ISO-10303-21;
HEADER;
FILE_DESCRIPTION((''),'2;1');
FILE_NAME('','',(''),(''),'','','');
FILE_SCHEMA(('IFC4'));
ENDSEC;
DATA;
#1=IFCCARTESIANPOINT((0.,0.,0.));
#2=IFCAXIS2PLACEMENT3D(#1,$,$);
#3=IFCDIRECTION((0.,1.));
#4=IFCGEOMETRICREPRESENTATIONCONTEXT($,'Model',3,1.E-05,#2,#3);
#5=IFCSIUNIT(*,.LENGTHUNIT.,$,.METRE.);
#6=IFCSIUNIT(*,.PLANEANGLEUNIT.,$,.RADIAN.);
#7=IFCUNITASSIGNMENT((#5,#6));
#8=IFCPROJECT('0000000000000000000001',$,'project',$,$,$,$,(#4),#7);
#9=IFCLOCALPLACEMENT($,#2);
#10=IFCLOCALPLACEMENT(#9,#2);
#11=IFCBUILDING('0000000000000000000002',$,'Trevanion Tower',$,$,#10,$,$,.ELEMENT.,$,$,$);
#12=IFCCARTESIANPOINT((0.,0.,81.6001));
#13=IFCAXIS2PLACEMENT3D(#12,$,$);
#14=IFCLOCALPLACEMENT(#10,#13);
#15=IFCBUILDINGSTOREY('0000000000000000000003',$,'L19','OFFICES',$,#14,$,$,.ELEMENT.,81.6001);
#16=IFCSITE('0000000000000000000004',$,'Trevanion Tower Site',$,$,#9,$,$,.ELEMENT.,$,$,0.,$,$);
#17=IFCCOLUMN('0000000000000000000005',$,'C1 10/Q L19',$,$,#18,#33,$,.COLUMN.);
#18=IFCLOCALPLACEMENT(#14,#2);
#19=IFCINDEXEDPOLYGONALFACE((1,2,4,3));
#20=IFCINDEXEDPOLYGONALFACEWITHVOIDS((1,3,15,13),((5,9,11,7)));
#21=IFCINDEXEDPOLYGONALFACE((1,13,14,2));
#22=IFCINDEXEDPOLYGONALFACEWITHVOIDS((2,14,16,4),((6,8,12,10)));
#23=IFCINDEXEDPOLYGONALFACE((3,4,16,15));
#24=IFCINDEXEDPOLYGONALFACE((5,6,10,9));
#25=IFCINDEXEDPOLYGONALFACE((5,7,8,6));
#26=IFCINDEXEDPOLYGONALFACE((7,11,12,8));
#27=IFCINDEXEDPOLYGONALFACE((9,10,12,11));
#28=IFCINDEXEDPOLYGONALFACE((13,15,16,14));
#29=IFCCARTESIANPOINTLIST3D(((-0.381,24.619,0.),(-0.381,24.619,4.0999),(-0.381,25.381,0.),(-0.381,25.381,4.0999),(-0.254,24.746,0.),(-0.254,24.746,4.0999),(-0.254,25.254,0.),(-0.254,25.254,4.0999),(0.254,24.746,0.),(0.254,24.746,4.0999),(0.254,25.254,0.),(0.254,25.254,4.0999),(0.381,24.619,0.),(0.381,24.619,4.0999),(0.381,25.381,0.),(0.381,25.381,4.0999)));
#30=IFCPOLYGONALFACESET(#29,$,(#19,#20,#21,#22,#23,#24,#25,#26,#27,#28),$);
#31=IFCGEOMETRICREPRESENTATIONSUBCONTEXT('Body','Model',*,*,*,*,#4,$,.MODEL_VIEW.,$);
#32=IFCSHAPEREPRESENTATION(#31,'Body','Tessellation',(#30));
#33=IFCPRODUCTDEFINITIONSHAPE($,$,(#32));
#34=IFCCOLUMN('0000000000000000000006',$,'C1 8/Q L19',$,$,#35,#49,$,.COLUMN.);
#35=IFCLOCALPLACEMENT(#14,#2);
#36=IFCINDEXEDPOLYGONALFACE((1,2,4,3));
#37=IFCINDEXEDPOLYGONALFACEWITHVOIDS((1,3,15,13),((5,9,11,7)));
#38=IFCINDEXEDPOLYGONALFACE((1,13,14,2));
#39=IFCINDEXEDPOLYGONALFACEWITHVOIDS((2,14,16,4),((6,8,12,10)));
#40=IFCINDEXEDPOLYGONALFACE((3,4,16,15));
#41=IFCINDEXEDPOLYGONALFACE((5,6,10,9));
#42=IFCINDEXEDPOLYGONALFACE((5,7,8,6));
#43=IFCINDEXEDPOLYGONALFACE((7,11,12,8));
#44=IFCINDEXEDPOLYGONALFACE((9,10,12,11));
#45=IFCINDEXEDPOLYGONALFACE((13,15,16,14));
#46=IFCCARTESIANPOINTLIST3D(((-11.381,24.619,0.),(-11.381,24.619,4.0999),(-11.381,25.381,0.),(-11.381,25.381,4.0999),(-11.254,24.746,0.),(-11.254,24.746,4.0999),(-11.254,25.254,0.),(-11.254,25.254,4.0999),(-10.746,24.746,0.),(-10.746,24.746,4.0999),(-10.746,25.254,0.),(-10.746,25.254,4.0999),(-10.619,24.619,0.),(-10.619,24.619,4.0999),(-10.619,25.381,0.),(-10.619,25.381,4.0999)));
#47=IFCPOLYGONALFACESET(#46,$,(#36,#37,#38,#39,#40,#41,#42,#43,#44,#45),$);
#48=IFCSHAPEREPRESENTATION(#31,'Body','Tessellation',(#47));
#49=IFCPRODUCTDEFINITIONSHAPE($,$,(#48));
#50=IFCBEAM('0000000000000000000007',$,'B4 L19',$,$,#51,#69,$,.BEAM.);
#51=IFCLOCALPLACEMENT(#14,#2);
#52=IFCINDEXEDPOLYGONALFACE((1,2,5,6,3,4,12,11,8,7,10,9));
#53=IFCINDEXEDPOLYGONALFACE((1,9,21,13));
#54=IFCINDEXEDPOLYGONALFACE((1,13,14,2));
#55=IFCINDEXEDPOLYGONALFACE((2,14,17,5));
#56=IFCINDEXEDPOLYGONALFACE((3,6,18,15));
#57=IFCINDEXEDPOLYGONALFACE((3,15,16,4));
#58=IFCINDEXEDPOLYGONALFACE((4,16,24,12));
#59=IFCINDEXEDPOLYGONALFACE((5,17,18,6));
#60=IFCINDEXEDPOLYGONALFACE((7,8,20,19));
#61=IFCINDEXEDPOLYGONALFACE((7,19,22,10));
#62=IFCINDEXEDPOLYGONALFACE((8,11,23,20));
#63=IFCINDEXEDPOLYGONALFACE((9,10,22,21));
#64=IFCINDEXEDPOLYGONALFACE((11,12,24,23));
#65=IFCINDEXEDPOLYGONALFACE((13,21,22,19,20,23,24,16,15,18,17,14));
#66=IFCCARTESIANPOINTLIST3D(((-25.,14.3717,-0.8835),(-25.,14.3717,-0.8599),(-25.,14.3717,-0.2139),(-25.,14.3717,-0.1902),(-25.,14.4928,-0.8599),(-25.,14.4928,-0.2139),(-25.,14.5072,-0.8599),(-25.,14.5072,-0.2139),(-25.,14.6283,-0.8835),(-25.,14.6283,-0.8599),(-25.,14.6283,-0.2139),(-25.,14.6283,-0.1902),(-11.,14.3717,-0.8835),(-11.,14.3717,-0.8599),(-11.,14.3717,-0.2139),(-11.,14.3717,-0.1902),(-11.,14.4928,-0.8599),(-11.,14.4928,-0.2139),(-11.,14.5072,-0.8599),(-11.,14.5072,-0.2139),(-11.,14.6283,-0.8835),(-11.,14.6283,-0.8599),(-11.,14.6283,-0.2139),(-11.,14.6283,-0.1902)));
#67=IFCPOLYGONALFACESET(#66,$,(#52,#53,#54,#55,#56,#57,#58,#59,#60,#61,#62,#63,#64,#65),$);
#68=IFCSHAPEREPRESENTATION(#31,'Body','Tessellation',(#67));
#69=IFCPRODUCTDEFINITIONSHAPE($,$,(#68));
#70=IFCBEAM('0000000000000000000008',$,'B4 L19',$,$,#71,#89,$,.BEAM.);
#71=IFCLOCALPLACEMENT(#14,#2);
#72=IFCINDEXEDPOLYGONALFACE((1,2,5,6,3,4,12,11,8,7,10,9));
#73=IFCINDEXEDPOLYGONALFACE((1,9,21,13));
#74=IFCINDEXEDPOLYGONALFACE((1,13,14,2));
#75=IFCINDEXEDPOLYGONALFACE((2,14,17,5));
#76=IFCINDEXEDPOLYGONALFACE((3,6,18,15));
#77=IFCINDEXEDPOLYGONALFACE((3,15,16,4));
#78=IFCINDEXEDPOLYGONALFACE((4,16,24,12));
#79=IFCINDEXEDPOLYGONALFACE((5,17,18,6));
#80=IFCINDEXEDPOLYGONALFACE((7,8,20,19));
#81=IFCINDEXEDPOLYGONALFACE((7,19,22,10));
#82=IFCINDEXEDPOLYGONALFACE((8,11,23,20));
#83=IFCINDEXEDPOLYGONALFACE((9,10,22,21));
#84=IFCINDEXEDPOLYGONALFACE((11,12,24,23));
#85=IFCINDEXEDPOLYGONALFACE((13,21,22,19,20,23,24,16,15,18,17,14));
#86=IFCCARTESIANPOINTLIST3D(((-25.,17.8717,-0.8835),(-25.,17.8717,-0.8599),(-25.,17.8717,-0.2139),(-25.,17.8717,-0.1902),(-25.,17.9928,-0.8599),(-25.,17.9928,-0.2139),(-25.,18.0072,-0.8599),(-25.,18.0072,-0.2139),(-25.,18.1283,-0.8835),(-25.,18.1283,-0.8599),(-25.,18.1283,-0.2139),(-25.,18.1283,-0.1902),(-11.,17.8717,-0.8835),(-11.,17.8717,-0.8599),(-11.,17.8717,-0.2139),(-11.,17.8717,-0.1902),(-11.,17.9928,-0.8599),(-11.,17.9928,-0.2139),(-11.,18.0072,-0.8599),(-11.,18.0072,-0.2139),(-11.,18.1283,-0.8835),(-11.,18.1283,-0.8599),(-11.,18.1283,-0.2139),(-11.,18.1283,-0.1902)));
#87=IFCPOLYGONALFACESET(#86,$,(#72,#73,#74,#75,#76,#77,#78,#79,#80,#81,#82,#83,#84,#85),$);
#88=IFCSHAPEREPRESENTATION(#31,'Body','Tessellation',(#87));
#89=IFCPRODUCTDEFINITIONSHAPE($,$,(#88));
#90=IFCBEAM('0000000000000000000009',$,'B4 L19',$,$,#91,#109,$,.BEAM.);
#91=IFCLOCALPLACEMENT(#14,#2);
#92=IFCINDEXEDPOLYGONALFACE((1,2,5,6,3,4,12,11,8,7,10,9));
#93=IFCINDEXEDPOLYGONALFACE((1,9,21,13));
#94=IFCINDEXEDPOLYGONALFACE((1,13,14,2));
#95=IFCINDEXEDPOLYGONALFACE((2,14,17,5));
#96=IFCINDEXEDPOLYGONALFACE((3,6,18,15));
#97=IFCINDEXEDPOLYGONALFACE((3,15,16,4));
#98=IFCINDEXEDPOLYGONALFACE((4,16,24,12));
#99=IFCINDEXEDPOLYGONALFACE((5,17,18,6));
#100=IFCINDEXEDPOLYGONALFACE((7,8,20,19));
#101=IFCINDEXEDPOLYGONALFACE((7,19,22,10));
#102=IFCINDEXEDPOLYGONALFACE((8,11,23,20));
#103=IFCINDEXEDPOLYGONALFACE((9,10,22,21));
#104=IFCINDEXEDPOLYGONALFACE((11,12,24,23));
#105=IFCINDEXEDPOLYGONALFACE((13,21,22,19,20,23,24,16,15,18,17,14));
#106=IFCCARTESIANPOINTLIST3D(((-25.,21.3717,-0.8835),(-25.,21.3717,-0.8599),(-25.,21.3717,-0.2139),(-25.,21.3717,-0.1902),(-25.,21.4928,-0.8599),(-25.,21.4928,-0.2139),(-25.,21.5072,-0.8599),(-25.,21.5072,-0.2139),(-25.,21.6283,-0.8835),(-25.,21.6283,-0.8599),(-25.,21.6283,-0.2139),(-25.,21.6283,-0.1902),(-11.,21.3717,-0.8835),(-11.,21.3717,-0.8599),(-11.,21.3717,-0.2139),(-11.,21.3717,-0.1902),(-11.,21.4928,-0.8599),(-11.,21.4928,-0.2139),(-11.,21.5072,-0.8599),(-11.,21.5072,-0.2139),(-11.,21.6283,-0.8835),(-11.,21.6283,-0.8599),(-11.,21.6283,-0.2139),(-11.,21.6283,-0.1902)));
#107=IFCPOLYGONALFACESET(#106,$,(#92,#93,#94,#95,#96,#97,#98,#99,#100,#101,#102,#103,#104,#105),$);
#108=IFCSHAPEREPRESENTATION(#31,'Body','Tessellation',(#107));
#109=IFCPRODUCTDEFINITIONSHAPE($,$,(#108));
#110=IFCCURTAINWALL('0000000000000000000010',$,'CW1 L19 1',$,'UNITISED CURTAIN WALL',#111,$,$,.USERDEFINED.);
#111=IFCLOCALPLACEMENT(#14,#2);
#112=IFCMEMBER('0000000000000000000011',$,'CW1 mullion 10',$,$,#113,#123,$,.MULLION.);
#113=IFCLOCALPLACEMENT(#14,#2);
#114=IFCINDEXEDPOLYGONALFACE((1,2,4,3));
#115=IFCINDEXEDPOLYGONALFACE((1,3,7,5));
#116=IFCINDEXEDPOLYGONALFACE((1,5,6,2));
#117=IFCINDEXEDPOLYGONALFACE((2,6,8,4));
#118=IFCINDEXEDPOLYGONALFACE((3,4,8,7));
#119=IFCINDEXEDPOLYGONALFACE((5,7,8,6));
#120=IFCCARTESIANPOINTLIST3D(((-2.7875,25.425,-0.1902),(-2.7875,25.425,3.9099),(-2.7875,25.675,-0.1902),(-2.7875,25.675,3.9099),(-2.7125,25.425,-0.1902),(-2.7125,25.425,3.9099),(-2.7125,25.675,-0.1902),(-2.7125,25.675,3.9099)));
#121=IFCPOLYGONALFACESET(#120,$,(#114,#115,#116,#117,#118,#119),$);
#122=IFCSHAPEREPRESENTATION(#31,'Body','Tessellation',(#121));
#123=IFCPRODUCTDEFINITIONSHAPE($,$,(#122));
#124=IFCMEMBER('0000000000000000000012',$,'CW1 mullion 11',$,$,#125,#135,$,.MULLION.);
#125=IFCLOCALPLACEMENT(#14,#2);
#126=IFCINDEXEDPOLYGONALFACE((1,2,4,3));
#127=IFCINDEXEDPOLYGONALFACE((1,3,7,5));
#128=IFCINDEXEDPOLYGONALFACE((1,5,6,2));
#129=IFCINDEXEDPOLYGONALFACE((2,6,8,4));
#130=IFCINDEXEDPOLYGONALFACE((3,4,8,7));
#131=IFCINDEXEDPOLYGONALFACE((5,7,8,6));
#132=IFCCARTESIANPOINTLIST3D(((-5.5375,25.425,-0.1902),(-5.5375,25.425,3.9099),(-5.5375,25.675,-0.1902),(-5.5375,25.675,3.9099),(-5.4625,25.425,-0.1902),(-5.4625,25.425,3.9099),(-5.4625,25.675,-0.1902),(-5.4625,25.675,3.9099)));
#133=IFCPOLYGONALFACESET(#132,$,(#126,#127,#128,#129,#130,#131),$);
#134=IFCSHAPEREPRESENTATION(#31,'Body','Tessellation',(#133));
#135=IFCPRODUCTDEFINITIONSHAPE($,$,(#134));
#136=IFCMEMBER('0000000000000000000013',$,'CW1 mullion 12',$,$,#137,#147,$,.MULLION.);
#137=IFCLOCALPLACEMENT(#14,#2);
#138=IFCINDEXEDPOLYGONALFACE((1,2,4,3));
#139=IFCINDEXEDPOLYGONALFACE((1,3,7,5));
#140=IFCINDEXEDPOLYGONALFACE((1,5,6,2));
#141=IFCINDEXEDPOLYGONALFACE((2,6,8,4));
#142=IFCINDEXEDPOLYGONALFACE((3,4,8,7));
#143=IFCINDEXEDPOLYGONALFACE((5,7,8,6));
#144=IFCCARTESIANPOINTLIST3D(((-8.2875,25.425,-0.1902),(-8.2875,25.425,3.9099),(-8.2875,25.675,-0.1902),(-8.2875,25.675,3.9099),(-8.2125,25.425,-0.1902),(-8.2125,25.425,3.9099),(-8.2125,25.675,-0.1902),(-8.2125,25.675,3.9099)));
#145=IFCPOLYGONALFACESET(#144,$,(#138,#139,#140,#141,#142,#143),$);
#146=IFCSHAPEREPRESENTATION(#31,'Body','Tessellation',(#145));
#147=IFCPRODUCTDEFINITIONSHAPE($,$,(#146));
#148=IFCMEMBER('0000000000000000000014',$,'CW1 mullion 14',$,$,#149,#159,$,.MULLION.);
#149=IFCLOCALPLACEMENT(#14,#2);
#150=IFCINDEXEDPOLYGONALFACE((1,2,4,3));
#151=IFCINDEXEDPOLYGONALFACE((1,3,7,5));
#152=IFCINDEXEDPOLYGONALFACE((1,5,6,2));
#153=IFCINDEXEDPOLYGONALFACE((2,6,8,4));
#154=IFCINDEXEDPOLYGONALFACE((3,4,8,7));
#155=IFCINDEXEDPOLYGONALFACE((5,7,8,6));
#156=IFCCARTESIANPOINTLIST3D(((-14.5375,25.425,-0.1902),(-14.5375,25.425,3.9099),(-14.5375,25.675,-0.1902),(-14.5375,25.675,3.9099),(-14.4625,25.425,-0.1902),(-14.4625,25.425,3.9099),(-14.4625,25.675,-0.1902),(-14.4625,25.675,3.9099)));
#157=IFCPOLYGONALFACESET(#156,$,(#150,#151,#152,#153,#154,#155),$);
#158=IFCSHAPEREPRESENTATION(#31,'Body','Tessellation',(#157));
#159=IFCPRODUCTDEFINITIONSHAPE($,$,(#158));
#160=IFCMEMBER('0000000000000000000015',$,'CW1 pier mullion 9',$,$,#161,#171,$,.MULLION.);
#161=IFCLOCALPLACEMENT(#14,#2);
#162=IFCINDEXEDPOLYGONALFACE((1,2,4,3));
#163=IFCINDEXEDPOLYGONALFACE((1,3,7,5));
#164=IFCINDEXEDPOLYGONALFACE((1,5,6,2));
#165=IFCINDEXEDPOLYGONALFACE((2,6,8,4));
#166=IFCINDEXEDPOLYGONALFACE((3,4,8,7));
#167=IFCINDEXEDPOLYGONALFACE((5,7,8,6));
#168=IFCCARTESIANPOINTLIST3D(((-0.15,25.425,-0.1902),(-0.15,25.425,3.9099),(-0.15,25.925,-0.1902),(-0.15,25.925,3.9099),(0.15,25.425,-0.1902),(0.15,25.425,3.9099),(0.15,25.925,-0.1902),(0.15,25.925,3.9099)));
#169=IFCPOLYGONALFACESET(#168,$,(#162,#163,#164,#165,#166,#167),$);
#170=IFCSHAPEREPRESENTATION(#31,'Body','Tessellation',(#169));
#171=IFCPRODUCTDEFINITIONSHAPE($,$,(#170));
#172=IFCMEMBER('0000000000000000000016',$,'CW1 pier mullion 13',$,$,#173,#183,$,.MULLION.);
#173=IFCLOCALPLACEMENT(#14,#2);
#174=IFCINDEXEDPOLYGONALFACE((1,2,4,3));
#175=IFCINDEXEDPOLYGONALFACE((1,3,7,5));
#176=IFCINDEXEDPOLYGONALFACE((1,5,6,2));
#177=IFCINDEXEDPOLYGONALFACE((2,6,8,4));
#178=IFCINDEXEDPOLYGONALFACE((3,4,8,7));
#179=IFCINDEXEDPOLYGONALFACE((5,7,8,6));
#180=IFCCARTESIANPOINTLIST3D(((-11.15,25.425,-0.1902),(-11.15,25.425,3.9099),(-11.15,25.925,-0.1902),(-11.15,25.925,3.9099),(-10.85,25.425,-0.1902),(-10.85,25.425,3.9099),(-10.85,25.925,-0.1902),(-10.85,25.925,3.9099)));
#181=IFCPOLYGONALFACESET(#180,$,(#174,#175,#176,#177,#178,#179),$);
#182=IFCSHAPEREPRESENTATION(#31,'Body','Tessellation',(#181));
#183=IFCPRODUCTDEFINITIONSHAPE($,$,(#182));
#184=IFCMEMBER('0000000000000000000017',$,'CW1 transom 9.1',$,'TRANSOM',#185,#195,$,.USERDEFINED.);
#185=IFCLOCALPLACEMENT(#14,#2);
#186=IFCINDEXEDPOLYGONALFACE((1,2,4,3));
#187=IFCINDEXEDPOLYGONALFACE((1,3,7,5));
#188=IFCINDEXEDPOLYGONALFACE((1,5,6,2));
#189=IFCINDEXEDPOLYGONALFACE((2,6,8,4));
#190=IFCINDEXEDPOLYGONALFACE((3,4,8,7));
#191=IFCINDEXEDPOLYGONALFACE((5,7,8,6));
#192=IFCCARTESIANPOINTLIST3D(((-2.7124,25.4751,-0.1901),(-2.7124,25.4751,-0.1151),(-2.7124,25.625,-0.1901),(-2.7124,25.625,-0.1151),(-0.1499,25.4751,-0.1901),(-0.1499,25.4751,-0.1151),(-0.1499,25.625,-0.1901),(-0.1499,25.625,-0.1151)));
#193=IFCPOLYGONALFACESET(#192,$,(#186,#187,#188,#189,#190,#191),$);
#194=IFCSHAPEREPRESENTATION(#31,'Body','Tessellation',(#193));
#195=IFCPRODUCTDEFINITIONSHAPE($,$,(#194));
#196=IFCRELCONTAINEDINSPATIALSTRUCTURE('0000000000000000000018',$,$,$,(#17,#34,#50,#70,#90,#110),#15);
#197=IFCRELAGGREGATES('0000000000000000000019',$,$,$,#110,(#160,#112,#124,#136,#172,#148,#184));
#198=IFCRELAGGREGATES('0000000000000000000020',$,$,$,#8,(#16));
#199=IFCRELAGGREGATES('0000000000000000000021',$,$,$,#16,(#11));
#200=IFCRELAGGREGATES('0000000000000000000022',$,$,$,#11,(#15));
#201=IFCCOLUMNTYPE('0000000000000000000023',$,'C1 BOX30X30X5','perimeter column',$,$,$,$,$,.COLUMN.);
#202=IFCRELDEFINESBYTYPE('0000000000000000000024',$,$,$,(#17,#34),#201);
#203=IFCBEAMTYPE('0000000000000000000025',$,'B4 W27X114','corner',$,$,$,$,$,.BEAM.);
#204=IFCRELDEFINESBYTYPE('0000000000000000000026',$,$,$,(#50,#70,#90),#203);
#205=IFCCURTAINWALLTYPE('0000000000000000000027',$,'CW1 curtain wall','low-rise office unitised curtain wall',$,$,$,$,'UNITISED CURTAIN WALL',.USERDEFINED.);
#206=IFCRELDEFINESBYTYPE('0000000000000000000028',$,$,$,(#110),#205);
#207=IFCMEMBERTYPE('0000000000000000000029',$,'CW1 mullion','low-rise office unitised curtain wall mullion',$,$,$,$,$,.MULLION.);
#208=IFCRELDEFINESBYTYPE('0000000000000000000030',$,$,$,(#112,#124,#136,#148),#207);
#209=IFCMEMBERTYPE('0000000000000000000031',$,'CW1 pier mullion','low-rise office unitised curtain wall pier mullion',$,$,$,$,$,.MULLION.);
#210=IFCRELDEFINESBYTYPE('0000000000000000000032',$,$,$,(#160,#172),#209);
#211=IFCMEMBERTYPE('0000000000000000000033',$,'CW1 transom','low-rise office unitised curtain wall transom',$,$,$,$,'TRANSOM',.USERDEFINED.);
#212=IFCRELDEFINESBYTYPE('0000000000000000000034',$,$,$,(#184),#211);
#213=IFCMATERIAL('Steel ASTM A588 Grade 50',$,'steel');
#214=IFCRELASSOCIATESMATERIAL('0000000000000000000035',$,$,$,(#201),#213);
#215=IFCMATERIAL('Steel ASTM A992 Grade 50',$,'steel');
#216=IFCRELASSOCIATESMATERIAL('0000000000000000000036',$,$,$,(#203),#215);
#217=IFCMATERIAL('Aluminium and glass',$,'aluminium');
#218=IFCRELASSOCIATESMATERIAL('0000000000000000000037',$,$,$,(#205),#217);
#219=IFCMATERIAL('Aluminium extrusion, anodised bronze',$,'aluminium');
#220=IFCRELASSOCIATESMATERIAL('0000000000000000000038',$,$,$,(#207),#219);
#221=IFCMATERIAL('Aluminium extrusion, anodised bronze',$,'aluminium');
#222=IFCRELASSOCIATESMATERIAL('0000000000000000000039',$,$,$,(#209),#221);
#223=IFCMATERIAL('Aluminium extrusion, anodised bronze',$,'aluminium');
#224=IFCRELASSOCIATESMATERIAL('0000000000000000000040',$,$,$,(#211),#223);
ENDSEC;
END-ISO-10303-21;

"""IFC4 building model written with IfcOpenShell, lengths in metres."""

from ifc_helpers import new_model, si_unit, direction, frame, origin, origin_2d, place, context, subcontext, project, spatial, rectangle, hollow_rectangle, i_section, extrude, material, material_profile, profile_set, type_object, element, aggregate, save


model = new_model("IFC4")

# Units and contexts
model_context = context("Model", 3, precision=1e-05, world=origin(), true_north=direction((0.0, 1.0)))
body_context = subcontext(model_context, "Body", "Model", "MODEL_VIEW")
ifc_project = project(units=[si_unit("LENGTHUNIT", "METRE"), si_unit("PLANEANGLEUNIT", "RADIAN")], contexts=[model_context])

# Site, building, storey
site_placement = place(None, origin())
site = spatial("IfcSite", under=ifc_project, at=site_placement, Name="Trevanion Tower Site", CompositionType="ELEMENT", RefElevation=0.0)
building_placement = place(site_placement, origin())
building = spatial("IfcBuilding", under=site, at=building_placement, Name="Trevanion Tower", CompositionType="ELEMENT")
storey_placement = place(building_placement, frame((0.0, 0.0, 81.6001)))
storey = spatial("IfcBuildingStorey", under=building, at=storey_placement, Name="L19", Description="OFFICES", CompositionType="ELEMENT", Elevation=81.6001)

# Columns
ifc_material_1 = material(Name="Steel ASTM A588 Grade 50", Category="steel")
ifc_material_profile_1 = material_profile(ifc_material_1, hollow_rectangle(XDim=0.762, YDim=0.762, WallThickness=0.127, at=origin_2d()), Name="BOX30X30X5")
ifc_profile_set_1 = profile_set([ifc_material_profile_1], Name="Steel ASTM A588 Grade 50")
column_type = type_object("IfcColumnType", Name="C1 BOX30X30X5", Description="perimeter column", PredefinedType="COLUMN", material=ifc_profile_set_1)
for number, where, z_axis, x_axis, name in (
    (1, (0.0, 25.0, 0.0), (0.0, 0.0, 1.0), (1.0, 0.0, 0.0), "C1 10/Q L19"),
    (2, (-11.0, 25.0, 0.0), (0.0, 0.0, 1.0), (1.0, 0.0, 0.0), "C1 8/Q L19"),
):
    element("IfcColumn", number, at=place(storey_placement, frame(where, z_axis=z_axis, x_axis=x_axis)), inside=storey, type_object=column_type, Name=name, PredefinedType="COLUMN", context=body_context, shape_type="SweptSolid", body=[
        extrude(hollow_rectangle(XDim=0.762, YDim=0.762, WallThickness=0.127, at=origin_2d()), origin(), (0.0, 0.0, 1.0), 4.0999),
    ])

# Beams
ifc_material_2 = material(Name="Steel ASTM A992 Grade 50", Category="steel")
ifc_material_profile_2 = material_profile(ifc_material_2, i_section(OverallWidth=0.2566, OverallDepth=0.6934, WebThickness=0.0144, FlangeThickness=0.0237, at=origin_2d()), Name="W27X114")
ifc_profile_set_2 = profile_set([ifc_material_profile_2], Name="Steel ASTM A992 Grade 50")
beam_type_1 = type_object("IfcBeamType", Name="B4 W27X114", Description="corner", PredefinedType="BEAM", material=ifc_profile_set_2)
for number, where, z_axis, x_axis, name in (
    (3, (-11.0, 14.5, -0.5369), (-1.0, 0.0, 0.0), (0.0, -1.0, 0.0), "B4 L19"),
    (4, (-11.0, 18.0, -0.5369), (-1.0, 0.0, 0.0), (0.0, -1.0, 0.0), "B4 L19"),
    (5, (-11.0, 21.5, -0.5369), (-1.0, 0.0, 0.0), (0.0, -1.0, 0.0), "B4 L19"),
):
    element("IfcBeam", number, at=place(storey_placement, frame(where, z_axis=z_axis, x_axis=x_axis)), inside=storey, type_object=beam_type_1, Name=name, PredefinedType="BEAM", context=body_context, shape_type="SweptSolid", body=[
        extrude(i_section(OverallWidth=0.2566, OverallDepth=0.6934, WebThickness=0.0144, FlangeThickness=0.0237, at=origin_2d()), origin(), (0.0, 0.0, 1.0), 14.0),
    ])

# Curtain wall, members
ifc_material_3 = material(Name="Aluminium and glass", Category="aluminium")
curtain_wall_type = type_object("IfcCurtainWallType", Name="CW1 curtain wall", Description="low-rise office unitised curtain wall", ElementType="UNITISED CURTAIN WALL", PredefinedType="USERDEFINED", material=ifc_material_3)
curtain_wall_placement = place(storey_placement, origin())
curtain_wall = element("IfcCurtainWall", 6, at=curtain_wall_placement, inside=storey, type_object=curtain_wall_type, Name="CW1 L19 1", ObjectType="UNITISED CURTAIN WALL", PredefinedType="USERDEFINED")
ifc_material_4 = material(Name="Aluminium extrusion, anodised bronze", Category="aluminium")
ifc_material_profile_3 = material_profile(ifc_material_4, rectangle(XDim=0.075, YDim=0.25, at=origin_2d()), Name="CW1 mullion")
ifc_profile_set_3 = profile_set([ifc_material_profile_3], Name="Aluminium extrusion, anodised bronze")
member_type_1 = type_object("IfcMemberType", Name="CW1 mullion", Description="low-rise office unitised curtain wall mullion", PredefinedType="MULLION", material=ifc_profile_set_3)
member_1_placement = place(storey_placement, frame((-2.75, 25.55, -0.1902), z_axis=(0.0, 0.0, 1.0), x_axis=(-1.0, 0.0, 0.0)))
member_1 = element("IfcMember", 7, at=member_1_placement, type_object=member_type_1, Name="CW1 mullion 10", PredefinedType="MULLION", context=body_context, shape_type="SweptSolid", body=[
    extrude(rectangle(XDim=0.075, YDim=0.25, at=origin_2d()), origin(), (0.0, 0.0, 1.0), 4.1001),
])
member_2_placement = place(storey_placement, frame((-5.5, 25.55, -0.1902), z_axis=(0.0, 0.0, 1.0), x_axis=(-1.0, 0.0, 0.0)))
member_2 = element("IfcMember", 8, at=member_2_placement, type_object=member_type_1, Name="CW1 mullion 11", PredefinedType="MULLION", context=body_context, shape_type="SweptSolid", body=[
    extrude(rectangle(XDim=0.075, YDim=0.25, at=origin_2d()), origin(), (0.0, 0.0, 1.0), 4.1001),
])
member_3_placement = place(storey_placement, frame((-8.25, 25.55, -0.1902), z_axis=(0.0, 0.0, 1.0), x_axis=(-1.0, 0.0, 0.0)))
member_3 = element("IfcMember", 9, at=member_3_placement, type_object=member_type_1, Name="CW1 mullion 12", PredefinedType="MULLION", context=body_context, shape_type="SweptSolid", body=[
    extrude(rectangle(XDim=0.075, YDim=0.25, at=origin_2d()), origin(), (0.0, 0.0, 1.0), 4.1001),
])
member_4_placement = place(storey_placement, frame((-14.5, 25.55, -0.1902), z_axis=(0.0, 0.0, 1.0), x_axis=(-1.0, 0.0, 0.0)))
member_4 = element("IfcMember", 10, at=member_4_placement, type_object=member_type_1, Name="CW1 mullion 14", PredefinedType="MULLION", context=body_context, shape_type="SweptSolid", body=[
    extrude(rectangle(XDim=0.075, YDim=0.25, at=origin_2d()), origin(), (0.0, 0.0, 1.0), 4.1001),
])
ifc_material_5 = material(Name="Aluminium extrusion, anodised bronze", Category="aluminium")
ifc_material_profile_4 = material_profile(ifc_material_5, rectangle(XDim=0.3, YDim=0.5, at=origin_2d()), Name="CW1 pier mullion")
ifc_profile_set_4 = profile_set([ifc_material_profile_4], Name="Aluminium extrusion, anodised bronze")
member_type_2 = type_object("IfcMemberType", Name="CW1 pier mullion", Description="low-rise office unitised curtain wall pier mullion", PredefinedType="MULLION", material=ifc_profile_set_4)
member_5_placement = place(storey_placement, frame((0.0, 25.675, -0.1902), z_axis=(0.0, 0.0, 1.0), x_axis=(-1.0, 0.0, 0.0)))
member_5 = element("IfcMember", 11, at=member_5_placement, type_object=member_type_2, Name="CW1 pier mullion 9", PredefinedType="MULLION", context=body_context, shape_type="SweptSolid", body=[
    extrude(rectangle(XDim=0.3, YDim=0.5, at=origin_2d()), origin(), (0.0, 0.0, 1.0), 4.1001),
])
member_6_placement = place(storey_placement, frame((-11.0, 25.675, -0.1902), z_axis=(0.0, 0.0, 1.0), x_axis=(-1.0, 0.0, 0.0)))
member_6 = element("IfcMember", 12, at=member_6_placement, type_object=member_type_2, Name="CW1 pier mullion 13", PredefinedType="MULLION", context=body_context, shape_type="SweptSolid", body=[
    extrude(rectangle(XDim=0.3, YDim=0.5, at=origin_2d()), origin(), (0.0, 0.0, 1.0), 4.1001),
])
ifc_material_6 = material(Name="Aluminium extrusion, anodised bronze", Category="aluminium")
ifc_material_profile_5 = material_profile(ifc_material_6, rectangle(XDim=0.1499, YDim=0.075, at=origin_2d()), Name="CW1 transom")
ifc_profile_set_5 = profile_set([ifc_material_profile_5], Name="Aluminium extrusion, anodised bronze")
member_type_3 = type_object("IfcMemberType", Name="CW1 transom", Description="low-rise office unitised curtain wall transom", ElementType="TRANSOM", PredefinedType="USERDEFINED", material=ifc_profile_set_5)
member_7_placement = place(storey_placement, frame((-0.1499, 25.55, -0.1526), z_axis=(-1.0, 0.0, 0.0), x_axis=(0.0, -1.0, 0.0)))
member_7 = element("IfcMember", 13, at=member_7_placement, type_object=member_type_3, Name="CW1 transom 9.1", ObjectType="TRANSOM", PredefinedType="USERDEFINED", context=body_context, shape_type="SweptSolid", body=[
    extrude(rectangle(XDim=0.1499, YDim=0.075, at=origin_2d()), origin(), (0.0, 0.0, 1.0), 2.5625),
])

aggregate(curtain_wall, [member_5, member_1, member_2, member_3, member_6, member_4, member_7])

save(model, "model.ifc")
